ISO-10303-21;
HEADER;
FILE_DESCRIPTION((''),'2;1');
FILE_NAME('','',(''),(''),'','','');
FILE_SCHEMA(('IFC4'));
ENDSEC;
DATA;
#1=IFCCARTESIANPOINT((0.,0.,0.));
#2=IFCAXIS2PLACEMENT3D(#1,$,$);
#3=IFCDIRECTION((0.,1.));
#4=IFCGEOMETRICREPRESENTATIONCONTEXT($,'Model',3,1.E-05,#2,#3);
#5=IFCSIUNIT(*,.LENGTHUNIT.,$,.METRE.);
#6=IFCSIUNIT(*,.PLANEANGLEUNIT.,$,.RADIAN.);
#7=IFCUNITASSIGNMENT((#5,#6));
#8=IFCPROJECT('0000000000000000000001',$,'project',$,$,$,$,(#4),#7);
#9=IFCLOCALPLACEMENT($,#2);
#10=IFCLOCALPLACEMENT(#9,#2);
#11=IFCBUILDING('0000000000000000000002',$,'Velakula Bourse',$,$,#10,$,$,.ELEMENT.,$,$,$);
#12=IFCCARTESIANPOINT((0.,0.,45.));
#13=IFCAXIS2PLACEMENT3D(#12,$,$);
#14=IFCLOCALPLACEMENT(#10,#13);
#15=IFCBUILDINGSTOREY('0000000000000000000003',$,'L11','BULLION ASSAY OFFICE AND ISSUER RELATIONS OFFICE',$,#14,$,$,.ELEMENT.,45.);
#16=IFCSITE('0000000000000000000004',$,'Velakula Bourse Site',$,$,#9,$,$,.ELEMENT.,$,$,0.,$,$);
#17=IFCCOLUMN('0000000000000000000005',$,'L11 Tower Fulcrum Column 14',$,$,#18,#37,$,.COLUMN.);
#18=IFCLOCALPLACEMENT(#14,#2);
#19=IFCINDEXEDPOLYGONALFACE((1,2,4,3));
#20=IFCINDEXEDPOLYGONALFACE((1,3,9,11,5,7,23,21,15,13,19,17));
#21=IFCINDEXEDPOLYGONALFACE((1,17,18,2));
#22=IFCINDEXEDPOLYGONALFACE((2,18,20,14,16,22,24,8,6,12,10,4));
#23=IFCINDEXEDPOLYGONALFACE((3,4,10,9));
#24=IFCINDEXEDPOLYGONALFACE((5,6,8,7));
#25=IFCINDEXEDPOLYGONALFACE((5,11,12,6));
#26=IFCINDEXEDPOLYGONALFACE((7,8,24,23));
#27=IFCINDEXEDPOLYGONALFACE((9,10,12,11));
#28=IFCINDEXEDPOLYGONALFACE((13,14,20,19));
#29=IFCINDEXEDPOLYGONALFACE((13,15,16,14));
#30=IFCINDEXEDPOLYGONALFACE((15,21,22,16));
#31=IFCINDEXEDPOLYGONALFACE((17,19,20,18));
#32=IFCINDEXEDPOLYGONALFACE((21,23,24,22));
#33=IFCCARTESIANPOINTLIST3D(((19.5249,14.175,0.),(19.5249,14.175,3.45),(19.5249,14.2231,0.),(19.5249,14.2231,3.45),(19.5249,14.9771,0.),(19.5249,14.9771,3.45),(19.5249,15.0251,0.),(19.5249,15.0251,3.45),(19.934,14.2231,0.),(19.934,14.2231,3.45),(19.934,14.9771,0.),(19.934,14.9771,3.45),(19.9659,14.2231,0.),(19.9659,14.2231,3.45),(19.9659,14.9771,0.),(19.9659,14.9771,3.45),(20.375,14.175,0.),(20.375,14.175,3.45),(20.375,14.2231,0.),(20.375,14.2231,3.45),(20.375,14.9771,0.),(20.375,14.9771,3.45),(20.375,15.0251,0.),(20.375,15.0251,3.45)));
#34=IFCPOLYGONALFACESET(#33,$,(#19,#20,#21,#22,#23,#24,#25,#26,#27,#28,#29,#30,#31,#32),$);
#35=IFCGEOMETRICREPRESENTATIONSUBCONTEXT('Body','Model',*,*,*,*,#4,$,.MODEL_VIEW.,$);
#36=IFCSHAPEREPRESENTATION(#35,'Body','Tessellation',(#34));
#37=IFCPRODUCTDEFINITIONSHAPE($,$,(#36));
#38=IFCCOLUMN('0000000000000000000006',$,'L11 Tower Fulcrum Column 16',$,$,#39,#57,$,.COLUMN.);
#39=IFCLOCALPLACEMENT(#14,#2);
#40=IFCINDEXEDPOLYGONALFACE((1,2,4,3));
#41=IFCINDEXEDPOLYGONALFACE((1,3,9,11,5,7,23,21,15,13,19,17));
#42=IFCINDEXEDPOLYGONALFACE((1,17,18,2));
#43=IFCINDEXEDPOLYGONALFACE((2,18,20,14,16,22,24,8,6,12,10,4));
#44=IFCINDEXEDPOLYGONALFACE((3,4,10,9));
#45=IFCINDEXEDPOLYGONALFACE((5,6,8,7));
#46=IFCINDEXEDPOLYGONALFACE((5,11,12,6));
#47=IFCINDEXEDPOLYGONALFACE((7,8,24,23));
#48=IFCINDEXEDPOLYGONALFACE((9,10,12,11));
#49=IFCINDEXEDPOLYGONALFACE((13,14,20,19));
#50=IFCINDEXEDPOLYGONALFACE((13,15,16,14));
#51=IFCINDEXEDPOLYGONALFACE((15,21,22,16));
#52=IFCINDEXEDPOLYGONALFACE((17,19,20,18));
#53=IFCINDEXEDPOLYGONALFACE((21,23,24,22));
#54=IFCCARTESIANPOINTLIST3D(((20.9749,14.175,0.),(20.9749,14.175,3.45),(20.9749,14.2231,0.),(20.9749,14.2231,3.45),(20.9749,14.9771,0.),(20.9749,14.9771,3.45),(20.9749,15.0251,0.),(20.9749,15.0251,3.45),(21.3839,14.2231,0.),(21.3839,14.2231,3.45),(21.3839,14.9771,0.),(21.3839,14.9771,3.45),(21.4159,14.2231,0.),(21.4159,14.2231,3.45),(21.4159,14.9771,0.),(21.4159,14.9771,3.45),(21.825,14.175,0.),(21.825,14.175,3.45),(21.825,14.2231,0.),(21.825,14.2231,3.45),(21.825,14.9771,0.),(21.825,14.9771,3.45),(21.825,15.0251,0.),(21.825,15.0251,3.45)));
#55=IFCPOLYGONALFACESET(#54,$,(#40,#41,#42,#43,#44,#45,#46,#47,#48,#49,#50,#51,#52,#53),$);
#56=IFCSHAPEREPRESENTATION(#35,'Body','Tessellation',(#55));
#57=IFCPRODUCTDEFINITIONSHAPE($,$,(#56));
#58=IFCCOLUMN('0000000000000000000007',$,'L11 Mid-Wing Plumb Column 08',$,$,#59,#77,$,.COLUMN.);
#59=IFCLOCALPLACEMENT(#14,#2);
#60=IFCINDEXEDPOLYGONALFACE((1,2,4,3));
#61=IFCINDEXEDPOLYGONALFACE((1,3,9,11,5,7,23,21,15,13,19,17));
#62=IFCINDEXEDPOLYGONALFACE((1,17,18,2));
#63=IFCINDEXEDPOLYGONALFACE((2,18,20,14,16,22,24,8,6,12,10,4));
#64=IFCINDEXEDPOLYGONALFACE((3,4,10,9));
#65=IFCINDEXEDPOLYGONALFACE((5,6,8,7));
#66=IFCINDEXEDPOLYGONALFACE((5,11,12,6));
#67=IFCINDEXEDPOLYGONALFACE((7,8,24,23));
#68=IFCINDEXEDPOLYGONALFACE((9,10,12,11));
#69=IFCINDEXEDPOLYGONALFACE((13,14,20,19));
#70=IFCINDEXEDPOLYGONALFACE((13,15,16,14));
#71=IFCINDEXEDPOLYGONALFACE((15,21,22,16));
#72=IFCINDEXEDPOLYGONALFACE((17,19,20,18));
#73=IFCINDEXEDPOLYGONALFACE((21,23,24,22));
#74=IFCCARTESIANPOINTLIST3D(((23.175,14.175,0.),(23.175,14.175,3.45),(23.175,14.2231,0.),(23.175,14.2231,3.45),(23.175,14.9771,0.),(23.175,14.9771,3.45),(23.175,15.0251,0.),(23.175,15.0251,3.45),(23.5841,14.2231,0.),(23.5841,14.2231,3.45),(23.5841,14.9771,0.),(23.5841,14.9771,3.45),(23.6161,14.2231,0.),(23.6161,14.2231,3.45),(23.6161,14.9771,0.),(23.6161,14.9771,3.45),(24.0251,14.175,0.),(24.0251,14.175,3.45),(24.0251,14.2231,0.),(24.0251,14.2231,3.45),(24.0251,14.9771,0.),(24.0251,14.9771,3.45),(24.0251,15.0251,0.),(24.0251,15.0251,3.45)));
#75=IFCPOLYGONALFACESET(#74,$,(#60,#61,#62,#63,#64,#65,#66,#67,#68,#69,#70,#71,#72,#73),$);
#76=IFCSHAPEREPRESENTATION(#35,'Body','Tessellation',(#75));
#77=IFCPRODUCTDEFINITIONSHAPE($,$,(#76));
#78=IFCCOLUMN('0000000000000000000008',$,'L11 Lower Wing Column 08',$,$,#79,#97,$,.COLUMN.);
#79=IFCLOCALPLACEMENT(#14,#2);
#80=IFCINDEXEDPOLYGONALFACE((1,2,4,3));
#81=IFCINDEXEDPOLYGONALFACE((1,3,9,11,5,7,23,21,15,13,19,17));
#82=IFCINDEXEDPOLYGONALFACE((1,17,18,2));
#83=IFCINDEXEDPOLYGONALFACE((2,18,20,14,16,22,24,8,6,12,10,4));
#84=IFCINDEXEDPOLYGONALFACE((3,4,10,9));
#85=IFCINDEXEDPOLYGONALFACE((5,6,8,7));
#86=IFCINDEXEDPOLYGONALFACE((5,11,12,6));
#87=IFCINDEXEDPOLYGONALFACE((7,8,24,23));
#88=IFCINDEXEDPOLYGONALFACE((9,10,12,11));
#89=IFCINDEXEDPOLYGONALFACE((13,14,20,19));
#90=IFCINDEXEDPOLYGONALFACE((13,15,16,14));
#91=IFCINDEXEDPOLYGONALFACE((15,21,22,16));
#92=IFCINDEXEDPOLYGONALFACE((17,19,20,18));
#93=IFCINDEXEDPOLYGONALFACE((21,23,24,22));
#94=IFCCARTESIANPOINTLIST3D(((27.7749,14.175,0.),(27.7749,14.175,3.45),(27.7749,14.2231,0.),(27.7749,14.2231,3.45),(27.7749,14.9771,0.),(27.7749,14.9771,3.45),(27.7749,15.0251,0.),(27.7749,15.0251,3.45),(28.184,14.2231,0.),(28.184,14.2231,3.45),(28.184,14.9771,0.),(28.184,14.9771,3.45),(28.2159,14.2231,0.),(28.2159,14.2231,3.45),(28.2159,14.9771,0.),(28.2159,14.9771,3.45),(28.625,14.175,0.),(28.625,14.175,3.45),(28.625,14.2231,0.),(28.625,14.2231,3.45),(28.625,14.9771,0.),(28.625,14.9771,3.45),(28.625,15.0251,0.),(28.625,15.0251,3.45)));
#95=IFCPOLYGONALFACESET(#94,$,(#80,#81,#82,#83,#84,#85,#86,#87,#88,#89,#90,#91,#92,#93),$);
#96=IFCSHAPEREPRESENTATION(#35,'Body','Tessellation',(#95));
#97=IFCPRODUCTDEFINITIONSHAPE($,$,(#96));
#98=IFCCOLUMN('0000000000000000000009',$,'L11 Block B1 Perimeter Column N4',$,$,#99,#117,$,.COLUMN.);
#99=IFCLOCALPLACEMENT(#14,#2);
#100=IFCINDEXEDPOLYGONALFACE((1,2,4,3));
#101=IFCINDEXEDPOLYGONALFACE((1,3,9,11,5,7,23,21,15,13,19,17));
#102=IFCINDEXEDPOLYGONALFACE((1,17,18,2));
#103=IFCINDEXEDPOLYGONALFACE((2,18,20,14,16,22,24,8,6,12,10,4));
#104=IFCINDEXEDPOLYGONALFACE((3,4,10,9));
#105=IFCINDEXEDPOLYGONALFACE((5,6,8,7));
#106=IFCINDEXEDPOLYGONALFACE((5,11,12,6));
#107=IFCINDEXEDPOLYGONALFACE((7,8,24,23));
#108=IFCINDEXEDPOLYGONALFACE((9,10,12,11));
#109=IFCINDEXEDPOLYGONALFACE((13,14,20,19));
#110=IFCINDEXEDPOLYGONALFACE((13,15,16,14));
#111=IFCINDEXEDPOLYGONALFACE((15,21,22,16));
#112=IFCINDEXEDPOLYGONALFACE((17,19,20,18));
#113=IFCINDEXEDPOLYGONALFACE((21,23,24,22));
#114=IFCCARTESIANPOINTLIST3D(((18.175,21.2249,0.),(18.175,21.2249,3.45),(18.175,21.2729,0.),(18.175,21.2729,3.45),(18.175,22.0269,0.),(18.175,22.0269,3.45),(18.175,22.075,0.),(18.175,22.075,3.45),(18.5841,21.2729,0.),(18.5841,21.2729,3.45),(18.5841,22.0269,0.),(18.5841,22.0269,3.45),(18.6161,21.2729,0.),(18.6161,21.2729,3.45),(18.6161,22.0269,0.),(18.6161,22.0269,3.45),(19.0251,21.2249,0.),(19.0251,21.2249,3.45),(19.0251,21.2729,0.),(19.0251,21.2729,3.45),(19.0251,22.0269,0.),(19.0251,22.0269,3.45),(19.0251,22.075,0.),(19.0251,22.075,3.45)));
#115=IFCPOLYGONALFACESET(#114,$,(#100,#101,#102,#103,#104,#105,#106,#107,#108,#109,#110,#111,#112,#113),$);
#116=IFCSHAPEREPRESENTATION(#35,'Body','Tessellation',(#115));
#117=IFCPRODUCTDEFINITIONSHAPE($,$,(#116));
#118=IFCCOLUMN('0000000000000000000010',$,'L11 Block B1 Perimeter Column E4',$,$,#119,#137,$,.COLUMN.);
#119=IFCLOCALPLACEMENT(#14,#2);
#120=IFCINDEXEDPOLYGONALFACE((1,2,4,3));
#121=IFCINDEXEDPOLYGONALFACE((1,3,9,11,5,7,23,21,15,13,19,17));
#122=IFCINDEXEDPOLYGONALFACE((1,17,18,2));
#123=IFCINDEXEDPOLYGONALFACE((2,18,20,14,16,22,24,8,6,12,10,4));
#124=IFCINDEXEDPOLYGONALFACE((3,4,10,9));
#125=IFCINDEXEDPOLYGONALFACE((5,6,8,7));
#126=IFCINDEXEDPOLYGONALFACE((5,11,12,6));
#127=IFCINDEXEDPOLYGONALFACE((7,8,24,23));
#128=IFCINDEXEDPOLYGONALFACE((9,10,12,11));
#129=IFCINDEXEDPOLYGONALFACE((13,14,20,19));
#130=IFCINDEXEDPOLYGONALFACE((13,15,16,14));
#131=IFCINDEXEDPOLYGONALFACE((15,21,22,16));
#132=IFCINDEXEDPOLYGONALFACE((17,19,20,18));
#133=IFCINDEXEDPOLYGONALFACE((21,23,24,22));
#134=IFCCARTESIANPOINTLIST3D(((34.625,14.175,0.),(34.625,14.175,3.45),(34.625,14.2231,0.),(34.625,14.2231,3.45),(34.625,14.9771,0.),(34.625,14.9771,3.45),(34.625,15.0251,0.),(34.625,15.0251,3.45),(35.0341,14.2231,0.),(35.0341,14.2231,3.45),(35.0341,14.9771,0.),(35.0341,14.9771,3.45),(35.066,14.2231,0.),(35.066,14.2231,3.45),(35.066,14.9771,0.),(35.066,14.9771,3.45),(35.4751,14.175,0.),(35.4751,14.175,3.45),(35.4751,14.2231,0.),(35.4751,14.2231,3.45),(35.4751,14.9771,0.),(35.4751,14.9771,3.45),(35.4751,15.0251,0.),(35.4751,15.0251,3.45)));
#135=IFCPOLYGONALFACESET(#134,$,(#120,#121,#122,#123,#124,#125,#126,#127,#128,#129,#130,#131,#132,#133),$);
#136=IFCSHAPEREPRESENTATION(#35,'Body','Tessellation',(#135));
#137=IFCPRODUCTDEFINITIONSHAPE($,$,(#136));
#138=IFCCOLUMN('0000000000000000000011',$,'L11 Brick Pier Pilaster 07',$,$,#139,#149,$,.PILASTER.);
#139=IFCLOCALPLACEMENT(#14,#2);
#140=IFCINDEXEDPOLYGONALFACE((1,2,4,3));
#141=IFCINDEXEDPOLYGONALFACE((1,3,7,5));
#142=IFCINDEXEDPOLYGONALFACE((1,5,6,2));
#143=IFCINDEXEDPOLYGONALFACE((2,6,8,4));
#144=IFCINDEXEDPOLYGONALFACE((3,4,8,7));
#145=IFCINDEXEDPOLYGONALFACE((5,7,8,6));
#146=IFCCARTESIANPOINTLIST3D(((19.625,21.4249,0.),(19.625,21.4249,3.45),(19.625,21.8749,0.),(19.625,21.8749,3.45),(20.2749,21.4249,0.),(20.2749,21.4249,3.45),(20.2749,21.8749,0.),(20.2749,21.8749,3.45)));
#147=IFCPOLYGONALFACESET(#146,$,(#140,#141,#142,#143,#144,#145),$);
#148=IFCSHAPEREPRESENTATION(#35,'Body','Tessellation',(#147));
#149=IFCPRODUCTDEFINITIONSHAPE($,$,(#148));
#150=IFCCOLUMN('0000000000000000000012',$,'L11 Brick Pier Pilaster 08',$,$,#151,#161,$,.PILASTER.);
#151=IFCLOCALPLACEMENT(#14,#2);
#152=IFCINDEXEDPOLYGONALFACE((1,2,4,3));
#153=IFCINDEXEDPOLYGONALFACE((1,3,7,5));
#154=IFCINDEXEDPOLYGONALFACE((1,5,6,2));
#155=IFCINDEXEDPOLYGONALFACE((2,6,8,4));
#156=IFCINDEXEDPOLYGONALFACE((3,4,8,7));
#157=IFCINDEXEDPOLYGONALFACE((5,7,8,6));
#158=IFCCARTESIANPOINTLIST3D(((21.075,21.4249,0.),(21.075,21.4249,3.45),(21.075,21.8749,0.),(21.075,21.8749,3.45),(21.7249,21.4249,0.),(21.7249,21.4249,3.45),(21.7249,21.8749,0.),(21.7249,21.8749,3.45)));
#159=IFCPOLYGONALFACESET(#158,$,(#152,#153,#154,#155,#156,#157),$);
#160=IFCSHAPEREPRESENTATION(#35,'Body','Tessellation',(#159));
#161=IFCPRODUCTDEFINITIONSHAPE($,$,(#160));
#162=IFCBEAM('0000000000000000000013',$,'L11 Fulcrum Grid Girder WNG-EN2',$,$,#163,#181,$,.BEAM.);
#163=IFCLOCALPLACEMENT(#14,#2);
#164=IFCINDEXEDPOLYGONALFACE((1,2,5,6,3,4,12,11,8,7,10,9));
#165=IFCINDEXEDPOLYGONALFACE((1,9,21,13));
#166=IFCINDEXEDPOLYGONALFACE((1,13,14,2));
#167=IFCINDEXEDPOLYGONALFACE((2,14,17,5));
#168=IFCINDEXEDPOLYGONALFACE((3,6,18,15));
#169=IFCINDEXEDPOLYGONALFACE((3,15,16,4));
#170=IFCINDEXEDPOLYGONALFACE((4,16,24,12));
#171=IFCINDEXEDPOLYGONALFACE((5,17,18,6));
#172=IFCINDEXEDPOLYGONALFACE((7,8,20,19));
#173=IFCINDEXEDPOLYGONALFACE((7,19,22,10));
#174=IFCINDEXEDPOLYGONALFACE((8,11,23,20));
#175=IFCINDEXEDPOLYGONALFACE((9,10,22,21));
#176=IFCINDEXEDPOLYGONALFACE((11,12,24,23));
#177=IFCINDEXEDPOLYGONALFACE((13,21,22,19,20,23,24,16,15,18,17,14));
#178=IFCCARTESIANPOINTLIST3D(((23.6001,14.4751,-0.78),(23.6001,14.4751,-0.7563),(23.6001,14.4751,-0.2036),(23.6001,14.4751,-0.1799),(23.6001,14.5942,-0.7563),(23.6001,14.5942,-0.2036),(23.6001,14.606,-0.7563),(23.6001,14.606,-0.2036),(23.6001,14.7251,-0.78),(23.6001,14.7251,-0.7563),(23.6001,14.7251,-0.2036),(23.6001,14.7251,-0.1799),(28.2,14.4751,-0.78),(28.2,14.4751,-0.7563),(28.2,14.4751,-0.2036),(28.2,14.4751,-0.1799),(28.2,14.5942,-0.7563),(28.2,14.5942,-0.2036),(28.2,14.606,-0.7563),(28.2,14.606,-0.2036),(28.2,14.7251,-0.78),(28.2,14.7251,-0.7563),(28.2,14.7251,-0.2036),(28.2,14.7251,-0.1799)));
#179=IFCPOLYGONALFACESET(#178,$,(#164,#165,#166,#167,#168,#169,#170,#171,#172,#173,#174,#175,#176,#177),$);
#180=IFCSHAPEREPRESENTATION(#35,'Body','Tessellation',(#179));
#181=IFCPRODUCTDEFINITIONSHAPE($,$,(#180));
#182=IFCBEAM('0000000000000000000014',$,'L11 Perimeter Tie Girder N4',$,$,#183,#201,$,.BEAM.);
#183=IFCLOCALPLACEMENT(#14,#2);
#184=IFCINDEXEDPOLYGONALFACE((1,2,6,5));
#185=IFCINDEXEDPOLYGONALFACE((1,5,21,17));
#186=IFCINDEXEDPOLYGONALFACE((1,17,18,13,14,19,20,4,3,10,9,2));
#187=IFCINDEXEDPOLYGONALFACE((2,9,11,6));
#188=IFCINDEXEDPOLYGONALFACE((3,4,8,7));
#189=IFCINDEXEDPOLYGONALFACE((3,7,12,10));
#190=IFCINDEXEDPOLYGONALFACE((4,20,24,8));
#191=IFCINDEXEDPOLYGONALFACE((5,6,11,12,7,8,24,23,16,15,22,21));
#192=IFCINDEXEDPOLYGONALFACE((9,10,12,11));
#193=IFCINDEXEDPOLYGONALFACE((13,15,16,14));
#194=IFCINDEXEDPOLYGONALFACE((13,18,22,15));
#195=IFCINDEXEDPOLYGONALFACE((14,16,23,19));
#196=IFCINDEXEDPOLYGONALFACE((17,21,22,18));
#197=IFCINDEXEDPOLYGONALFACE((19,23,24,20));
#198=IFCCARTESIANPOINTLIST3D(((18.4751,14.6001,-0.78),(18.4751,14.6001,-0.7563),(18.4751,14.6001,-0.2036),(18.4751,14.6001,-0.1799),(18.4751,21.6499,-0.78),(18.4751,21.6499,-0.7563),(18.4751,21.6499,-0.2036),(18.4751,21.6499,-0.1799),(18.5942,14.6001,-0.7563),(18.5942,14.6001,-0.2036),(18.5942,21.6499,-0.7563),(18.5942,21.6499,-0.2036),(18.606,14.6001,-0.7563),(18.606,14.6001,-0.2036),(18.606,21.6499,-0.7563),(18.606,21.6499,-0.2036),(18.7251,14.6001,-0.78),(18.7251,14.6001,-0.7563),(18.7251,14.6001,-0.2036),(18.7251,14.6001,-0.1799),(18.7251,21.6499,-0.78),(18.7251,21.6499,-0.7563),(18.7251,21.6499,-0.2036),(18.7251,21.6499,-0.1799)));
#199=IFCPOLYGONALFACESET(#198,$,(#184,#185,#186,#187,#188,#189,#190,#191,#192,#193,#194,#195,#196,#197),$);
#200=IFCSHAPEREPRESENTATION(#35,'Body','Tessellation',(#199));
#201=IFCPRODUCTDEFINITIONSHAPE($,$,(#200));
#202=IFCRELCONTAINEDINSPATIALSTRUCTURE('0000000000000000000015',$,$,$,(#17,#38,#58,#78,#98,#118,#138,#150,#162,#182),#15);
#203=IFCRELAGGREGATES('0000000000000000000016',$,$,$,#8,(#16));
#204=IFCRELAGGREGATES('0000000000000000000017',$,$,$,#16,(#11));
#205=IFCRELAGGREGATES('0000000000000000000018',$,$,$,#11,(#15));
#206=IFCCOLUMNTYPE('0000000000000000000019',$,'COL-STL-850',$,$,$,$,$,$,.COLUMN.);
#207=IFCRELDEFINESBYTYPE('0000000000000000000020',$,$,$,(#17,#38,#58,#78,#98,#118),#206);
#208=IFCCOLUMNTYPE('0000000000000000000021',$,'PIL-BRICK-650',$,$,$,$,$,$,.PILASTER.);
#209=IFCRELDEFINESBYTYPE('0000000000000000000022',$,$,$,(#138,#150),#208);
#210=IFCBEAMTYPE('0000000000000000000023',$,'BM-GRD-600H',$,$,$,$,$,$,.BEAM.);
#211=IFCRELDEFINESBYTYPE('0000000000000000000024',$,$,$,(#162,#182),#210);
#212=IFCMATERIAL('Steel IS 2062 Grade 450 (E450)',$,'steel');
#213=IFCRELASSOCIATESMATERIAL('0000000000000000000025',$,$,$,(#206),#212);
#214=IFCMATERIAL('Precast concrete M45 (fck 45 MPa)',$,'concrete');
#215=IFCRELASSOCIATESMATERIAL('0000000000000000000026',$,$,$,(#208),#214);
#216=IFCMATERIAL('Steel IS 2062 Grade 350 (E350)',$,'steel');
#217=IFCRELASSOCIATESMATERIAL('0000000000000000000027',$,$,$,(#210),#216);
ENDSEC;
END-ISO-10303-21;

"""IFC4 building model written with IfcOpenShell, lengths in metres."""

from ifc_helpers import new_model, si_unit, direction, frame, origin, origin_2d, place, context, subcontext, project, spatial, rectangle, i_section, extrude, material, material_profile, profile_set, type_object, element, save


model = new_model("IFC4")

# Units and contexts
model_context = context("Model", 3, precision=1e-05, world=origin(), true_north=direction((0.0, 1.0)))
body_context = subcontext(model_context, "Body", "Model", "MODEL_VIEW")
ifc_project = project(units=[si_unit("LENGTHUNIT", "METRE"), si_unit("PLANEANGLEUNIT", "RADIAN")], contexts=[model_context])

# Site, building, storey
site_placement = place(None, origin())
site = spatial("IfcSite", under=ifc_project, at=site_placement, Name="Velakula Bourse Site", CompositionType="ELEMENT", RefElevation=0.0)
building_placement = place(site_placement, origin())
building = spatial("IfcBuilding", under=site, at=building_placement, Name="Velakula Bourse", CompositionType="ELEMENT")
storey_placement = place(building_placement, frame((0.0, 0.0, 45.0)))
storey = spatial("IfcBuildingStorey", under=building, at=storey_placement, Name="L11", Description="BULLION ASSAY OFFICE AND ISSUER RELATIONS OFFICE", CompositionType="ELEMENT", Elevation=45.0)

# Columns
ifc_material_1 = material(Name="Steel IS 2062 Grade 450 (E450)", Category="steel")
ifc_material_profile_1 = material_profile(ifc_material_1, i_section(OverallWidth=0.8501, OverallDepth=0.8501, WebThickness=0.032, FlangeThickness=0.0481, at=origin_2d()), Name="Steel IS 2062 Grade 450 (E450)")
ifc_profile_set_1 = profile_set([ifc_material_profile_1], Name="Steel IS 2062 Grade 450 (E450)")
column_type_1 = type_object("IfcColumnType", Name="COL-STL-850", PredefinedType="COLUMN", material=ifc_profile_set_1)
for number, where, z_axis, x_axis, name in (
    (1, (19.95, 14.6001, 0.0), (0.0, 0.0, 1.0), (1.0, 0.0, 0.0), "L11 Tower Fulcrum Column 14"),
    (2, (21.3999, 14.6001, 0.0), (0.0, 0.0, 1.0), (1.0, 0.0, 0.0), "L11 Tower Fulcrum Column 16"),
    (3, (23.6001, 14.6001, 0.0), (0.0, 0.0, 1.0), (1.0, 0.0, 0.0), "L11 Mid-Wing Plumb Column 08"),
    (4, (28.2, 14.6001, 0.0), (0.0, 0.0, 1.0), (1.0, 0.0, 0.0), "L11 Lower Wing Column 08"),
    (5, (18.6001, 21.6499, 0.0), (0.0, 0.0, 1.0), (1.0, 0.0, 0.0), "L11 Block B1 Perimeter Column N4"),
    (6, (35.05, 14.6001, 0.0), (0.0, 0.0, 1.0), (1.0, 0.0, 0.0), "L11 Block B1 Perimeter Column E4"),
):
    element("IfcColumn", number, at=place(storey_placement, frame(where, z_axis=z_axis, x_axis=x_axis)), inside=storey, type_object=column_type_1, Name=name, PredefinedType="COLUMN", context=body_context, shape_type="SweptSolid", body=[
        extrude(i_section(OverallWidth=0.8501, OverallDepth=0.8501, WebThickness=0.032, FlangeThickness=0.0481, at=origin_2d()), origin(), (0.0, 0.0, 1.0), 3.45),
    ])
ifc_material_2 = material(Name="Precast concrete M45 (fck 45 MPa)", Category="concrete")
ifc_material_profile_2 = material_profile(ifc_material_2, rectangle(XDim=0.6499, YDim=0.45, at=origin_2d()), Name="Precast concrete M45 (fck 45 MPa)")
ifc_profile_set_2 = profile_set([ifc_material_profile_2], Name="Precast concrete M45 (fck 45 MPa)")
column_type_2 = type_object("IfcColumnType", Name="PIL-BRICK-650", PredefinedType="PILASTER", material=ifc_profile_set_2)
for number, where, z_axis, x_axis, name in (
    (7, (19.95, 21.6499, 0.0), (0.0, 0.0, 1.0), (1.0, 0.0, 0.0), "L11 Brick Pier Pilaster 07"),
    (8, (21.3999, 21.6499, 0.0), (0.0, 0.0, 1.0), (1.0, 0.0, 0.0), "L11 Brick Pier Pilaster 08"),
):
    element("IfcColumn", number, at=place(storey_placement, frame(where, z_axis=z_axis, x_axis=x_axis)), inside=storey, type_object=column_type_2, Name=name, PredefinedType="PILASTER", context=body_context, shape_type="SweptSolid", body=[
        extrude(rectangle(XDim=0.6499, YDim=0.45, at=origin_2d()), origin(), (0.0, 0.0, 1.0), 3.45),
    ])

# Beams
ifc_material_3 = material(Name="Steel IS 2062 Grade 350 (E350)", Category="steel")
ifc_material_profile_3 = material_profile(ifc_material_3, i_section(OverallWidth=0.25, OverallDepth=0.6001, WebThickness=0.0117, FlangeThickness=0.0237, at=origin_2d()), Name="Steel IS 2062 Grade 350 (E350)")
ifc_profile_set_3 = profile_set([ifc_material_profile_3], Name="Steel IS 2062 Grade 350 (E350)")
beam_type_1 = type_object("IfcBeamType", Name="BM-GRD-600H", PredefinedType="BEAM", material=ifc_profile_set_3)
beam_1_placement = place(storey_placement, frame((23.6001, 14.6001, -0.48), z_axis=(1.0, 0.0, 0.0), x_axis=(0.0, 1.0, 0.0)))
element("IfcBeam", 9, at=beam_1_placement, inside=storey, type_object=beam_type_1, Name="L11 Fulcrum Grid Girder WNG-EN2", PredefinedType="BEAM", context=body_context, shape_type="SweptSolid", body=[
    extrude(i_section(OverallWidth=0.25, OverallDepth=0.6001, WebThickness=0.0117, FlangeThickness=0.0237, at=origin_2d()), origin(), (0.0, 0.0, 1.0), 4.5999),
])
beam_2_placement = place(storey_placement, frame((18.6001, 14.6001, -0.48), z_axis=(0.0, 1.0, 0.0), x_axis=(-1.0, 0.0, 0.0)))
element("IfcBeam", 10, at=beam_2_placement, inside=storey, type_object=beam_type_1, Name="L11 Perimeter Tie Girder N4", PredefinedType="BEAM", context=body_context, shape_type="SweptSolid", body=[
    extrude(i_section(OverallWidth=0.25, OverallDepth=0.6001, WebThickness=0.0117, FlangeThickness=0.0237, at=origin_2d()), origin(), (0.0, 0.0, 1.0), 7.0498),
])

save(model, "model.ifc")
